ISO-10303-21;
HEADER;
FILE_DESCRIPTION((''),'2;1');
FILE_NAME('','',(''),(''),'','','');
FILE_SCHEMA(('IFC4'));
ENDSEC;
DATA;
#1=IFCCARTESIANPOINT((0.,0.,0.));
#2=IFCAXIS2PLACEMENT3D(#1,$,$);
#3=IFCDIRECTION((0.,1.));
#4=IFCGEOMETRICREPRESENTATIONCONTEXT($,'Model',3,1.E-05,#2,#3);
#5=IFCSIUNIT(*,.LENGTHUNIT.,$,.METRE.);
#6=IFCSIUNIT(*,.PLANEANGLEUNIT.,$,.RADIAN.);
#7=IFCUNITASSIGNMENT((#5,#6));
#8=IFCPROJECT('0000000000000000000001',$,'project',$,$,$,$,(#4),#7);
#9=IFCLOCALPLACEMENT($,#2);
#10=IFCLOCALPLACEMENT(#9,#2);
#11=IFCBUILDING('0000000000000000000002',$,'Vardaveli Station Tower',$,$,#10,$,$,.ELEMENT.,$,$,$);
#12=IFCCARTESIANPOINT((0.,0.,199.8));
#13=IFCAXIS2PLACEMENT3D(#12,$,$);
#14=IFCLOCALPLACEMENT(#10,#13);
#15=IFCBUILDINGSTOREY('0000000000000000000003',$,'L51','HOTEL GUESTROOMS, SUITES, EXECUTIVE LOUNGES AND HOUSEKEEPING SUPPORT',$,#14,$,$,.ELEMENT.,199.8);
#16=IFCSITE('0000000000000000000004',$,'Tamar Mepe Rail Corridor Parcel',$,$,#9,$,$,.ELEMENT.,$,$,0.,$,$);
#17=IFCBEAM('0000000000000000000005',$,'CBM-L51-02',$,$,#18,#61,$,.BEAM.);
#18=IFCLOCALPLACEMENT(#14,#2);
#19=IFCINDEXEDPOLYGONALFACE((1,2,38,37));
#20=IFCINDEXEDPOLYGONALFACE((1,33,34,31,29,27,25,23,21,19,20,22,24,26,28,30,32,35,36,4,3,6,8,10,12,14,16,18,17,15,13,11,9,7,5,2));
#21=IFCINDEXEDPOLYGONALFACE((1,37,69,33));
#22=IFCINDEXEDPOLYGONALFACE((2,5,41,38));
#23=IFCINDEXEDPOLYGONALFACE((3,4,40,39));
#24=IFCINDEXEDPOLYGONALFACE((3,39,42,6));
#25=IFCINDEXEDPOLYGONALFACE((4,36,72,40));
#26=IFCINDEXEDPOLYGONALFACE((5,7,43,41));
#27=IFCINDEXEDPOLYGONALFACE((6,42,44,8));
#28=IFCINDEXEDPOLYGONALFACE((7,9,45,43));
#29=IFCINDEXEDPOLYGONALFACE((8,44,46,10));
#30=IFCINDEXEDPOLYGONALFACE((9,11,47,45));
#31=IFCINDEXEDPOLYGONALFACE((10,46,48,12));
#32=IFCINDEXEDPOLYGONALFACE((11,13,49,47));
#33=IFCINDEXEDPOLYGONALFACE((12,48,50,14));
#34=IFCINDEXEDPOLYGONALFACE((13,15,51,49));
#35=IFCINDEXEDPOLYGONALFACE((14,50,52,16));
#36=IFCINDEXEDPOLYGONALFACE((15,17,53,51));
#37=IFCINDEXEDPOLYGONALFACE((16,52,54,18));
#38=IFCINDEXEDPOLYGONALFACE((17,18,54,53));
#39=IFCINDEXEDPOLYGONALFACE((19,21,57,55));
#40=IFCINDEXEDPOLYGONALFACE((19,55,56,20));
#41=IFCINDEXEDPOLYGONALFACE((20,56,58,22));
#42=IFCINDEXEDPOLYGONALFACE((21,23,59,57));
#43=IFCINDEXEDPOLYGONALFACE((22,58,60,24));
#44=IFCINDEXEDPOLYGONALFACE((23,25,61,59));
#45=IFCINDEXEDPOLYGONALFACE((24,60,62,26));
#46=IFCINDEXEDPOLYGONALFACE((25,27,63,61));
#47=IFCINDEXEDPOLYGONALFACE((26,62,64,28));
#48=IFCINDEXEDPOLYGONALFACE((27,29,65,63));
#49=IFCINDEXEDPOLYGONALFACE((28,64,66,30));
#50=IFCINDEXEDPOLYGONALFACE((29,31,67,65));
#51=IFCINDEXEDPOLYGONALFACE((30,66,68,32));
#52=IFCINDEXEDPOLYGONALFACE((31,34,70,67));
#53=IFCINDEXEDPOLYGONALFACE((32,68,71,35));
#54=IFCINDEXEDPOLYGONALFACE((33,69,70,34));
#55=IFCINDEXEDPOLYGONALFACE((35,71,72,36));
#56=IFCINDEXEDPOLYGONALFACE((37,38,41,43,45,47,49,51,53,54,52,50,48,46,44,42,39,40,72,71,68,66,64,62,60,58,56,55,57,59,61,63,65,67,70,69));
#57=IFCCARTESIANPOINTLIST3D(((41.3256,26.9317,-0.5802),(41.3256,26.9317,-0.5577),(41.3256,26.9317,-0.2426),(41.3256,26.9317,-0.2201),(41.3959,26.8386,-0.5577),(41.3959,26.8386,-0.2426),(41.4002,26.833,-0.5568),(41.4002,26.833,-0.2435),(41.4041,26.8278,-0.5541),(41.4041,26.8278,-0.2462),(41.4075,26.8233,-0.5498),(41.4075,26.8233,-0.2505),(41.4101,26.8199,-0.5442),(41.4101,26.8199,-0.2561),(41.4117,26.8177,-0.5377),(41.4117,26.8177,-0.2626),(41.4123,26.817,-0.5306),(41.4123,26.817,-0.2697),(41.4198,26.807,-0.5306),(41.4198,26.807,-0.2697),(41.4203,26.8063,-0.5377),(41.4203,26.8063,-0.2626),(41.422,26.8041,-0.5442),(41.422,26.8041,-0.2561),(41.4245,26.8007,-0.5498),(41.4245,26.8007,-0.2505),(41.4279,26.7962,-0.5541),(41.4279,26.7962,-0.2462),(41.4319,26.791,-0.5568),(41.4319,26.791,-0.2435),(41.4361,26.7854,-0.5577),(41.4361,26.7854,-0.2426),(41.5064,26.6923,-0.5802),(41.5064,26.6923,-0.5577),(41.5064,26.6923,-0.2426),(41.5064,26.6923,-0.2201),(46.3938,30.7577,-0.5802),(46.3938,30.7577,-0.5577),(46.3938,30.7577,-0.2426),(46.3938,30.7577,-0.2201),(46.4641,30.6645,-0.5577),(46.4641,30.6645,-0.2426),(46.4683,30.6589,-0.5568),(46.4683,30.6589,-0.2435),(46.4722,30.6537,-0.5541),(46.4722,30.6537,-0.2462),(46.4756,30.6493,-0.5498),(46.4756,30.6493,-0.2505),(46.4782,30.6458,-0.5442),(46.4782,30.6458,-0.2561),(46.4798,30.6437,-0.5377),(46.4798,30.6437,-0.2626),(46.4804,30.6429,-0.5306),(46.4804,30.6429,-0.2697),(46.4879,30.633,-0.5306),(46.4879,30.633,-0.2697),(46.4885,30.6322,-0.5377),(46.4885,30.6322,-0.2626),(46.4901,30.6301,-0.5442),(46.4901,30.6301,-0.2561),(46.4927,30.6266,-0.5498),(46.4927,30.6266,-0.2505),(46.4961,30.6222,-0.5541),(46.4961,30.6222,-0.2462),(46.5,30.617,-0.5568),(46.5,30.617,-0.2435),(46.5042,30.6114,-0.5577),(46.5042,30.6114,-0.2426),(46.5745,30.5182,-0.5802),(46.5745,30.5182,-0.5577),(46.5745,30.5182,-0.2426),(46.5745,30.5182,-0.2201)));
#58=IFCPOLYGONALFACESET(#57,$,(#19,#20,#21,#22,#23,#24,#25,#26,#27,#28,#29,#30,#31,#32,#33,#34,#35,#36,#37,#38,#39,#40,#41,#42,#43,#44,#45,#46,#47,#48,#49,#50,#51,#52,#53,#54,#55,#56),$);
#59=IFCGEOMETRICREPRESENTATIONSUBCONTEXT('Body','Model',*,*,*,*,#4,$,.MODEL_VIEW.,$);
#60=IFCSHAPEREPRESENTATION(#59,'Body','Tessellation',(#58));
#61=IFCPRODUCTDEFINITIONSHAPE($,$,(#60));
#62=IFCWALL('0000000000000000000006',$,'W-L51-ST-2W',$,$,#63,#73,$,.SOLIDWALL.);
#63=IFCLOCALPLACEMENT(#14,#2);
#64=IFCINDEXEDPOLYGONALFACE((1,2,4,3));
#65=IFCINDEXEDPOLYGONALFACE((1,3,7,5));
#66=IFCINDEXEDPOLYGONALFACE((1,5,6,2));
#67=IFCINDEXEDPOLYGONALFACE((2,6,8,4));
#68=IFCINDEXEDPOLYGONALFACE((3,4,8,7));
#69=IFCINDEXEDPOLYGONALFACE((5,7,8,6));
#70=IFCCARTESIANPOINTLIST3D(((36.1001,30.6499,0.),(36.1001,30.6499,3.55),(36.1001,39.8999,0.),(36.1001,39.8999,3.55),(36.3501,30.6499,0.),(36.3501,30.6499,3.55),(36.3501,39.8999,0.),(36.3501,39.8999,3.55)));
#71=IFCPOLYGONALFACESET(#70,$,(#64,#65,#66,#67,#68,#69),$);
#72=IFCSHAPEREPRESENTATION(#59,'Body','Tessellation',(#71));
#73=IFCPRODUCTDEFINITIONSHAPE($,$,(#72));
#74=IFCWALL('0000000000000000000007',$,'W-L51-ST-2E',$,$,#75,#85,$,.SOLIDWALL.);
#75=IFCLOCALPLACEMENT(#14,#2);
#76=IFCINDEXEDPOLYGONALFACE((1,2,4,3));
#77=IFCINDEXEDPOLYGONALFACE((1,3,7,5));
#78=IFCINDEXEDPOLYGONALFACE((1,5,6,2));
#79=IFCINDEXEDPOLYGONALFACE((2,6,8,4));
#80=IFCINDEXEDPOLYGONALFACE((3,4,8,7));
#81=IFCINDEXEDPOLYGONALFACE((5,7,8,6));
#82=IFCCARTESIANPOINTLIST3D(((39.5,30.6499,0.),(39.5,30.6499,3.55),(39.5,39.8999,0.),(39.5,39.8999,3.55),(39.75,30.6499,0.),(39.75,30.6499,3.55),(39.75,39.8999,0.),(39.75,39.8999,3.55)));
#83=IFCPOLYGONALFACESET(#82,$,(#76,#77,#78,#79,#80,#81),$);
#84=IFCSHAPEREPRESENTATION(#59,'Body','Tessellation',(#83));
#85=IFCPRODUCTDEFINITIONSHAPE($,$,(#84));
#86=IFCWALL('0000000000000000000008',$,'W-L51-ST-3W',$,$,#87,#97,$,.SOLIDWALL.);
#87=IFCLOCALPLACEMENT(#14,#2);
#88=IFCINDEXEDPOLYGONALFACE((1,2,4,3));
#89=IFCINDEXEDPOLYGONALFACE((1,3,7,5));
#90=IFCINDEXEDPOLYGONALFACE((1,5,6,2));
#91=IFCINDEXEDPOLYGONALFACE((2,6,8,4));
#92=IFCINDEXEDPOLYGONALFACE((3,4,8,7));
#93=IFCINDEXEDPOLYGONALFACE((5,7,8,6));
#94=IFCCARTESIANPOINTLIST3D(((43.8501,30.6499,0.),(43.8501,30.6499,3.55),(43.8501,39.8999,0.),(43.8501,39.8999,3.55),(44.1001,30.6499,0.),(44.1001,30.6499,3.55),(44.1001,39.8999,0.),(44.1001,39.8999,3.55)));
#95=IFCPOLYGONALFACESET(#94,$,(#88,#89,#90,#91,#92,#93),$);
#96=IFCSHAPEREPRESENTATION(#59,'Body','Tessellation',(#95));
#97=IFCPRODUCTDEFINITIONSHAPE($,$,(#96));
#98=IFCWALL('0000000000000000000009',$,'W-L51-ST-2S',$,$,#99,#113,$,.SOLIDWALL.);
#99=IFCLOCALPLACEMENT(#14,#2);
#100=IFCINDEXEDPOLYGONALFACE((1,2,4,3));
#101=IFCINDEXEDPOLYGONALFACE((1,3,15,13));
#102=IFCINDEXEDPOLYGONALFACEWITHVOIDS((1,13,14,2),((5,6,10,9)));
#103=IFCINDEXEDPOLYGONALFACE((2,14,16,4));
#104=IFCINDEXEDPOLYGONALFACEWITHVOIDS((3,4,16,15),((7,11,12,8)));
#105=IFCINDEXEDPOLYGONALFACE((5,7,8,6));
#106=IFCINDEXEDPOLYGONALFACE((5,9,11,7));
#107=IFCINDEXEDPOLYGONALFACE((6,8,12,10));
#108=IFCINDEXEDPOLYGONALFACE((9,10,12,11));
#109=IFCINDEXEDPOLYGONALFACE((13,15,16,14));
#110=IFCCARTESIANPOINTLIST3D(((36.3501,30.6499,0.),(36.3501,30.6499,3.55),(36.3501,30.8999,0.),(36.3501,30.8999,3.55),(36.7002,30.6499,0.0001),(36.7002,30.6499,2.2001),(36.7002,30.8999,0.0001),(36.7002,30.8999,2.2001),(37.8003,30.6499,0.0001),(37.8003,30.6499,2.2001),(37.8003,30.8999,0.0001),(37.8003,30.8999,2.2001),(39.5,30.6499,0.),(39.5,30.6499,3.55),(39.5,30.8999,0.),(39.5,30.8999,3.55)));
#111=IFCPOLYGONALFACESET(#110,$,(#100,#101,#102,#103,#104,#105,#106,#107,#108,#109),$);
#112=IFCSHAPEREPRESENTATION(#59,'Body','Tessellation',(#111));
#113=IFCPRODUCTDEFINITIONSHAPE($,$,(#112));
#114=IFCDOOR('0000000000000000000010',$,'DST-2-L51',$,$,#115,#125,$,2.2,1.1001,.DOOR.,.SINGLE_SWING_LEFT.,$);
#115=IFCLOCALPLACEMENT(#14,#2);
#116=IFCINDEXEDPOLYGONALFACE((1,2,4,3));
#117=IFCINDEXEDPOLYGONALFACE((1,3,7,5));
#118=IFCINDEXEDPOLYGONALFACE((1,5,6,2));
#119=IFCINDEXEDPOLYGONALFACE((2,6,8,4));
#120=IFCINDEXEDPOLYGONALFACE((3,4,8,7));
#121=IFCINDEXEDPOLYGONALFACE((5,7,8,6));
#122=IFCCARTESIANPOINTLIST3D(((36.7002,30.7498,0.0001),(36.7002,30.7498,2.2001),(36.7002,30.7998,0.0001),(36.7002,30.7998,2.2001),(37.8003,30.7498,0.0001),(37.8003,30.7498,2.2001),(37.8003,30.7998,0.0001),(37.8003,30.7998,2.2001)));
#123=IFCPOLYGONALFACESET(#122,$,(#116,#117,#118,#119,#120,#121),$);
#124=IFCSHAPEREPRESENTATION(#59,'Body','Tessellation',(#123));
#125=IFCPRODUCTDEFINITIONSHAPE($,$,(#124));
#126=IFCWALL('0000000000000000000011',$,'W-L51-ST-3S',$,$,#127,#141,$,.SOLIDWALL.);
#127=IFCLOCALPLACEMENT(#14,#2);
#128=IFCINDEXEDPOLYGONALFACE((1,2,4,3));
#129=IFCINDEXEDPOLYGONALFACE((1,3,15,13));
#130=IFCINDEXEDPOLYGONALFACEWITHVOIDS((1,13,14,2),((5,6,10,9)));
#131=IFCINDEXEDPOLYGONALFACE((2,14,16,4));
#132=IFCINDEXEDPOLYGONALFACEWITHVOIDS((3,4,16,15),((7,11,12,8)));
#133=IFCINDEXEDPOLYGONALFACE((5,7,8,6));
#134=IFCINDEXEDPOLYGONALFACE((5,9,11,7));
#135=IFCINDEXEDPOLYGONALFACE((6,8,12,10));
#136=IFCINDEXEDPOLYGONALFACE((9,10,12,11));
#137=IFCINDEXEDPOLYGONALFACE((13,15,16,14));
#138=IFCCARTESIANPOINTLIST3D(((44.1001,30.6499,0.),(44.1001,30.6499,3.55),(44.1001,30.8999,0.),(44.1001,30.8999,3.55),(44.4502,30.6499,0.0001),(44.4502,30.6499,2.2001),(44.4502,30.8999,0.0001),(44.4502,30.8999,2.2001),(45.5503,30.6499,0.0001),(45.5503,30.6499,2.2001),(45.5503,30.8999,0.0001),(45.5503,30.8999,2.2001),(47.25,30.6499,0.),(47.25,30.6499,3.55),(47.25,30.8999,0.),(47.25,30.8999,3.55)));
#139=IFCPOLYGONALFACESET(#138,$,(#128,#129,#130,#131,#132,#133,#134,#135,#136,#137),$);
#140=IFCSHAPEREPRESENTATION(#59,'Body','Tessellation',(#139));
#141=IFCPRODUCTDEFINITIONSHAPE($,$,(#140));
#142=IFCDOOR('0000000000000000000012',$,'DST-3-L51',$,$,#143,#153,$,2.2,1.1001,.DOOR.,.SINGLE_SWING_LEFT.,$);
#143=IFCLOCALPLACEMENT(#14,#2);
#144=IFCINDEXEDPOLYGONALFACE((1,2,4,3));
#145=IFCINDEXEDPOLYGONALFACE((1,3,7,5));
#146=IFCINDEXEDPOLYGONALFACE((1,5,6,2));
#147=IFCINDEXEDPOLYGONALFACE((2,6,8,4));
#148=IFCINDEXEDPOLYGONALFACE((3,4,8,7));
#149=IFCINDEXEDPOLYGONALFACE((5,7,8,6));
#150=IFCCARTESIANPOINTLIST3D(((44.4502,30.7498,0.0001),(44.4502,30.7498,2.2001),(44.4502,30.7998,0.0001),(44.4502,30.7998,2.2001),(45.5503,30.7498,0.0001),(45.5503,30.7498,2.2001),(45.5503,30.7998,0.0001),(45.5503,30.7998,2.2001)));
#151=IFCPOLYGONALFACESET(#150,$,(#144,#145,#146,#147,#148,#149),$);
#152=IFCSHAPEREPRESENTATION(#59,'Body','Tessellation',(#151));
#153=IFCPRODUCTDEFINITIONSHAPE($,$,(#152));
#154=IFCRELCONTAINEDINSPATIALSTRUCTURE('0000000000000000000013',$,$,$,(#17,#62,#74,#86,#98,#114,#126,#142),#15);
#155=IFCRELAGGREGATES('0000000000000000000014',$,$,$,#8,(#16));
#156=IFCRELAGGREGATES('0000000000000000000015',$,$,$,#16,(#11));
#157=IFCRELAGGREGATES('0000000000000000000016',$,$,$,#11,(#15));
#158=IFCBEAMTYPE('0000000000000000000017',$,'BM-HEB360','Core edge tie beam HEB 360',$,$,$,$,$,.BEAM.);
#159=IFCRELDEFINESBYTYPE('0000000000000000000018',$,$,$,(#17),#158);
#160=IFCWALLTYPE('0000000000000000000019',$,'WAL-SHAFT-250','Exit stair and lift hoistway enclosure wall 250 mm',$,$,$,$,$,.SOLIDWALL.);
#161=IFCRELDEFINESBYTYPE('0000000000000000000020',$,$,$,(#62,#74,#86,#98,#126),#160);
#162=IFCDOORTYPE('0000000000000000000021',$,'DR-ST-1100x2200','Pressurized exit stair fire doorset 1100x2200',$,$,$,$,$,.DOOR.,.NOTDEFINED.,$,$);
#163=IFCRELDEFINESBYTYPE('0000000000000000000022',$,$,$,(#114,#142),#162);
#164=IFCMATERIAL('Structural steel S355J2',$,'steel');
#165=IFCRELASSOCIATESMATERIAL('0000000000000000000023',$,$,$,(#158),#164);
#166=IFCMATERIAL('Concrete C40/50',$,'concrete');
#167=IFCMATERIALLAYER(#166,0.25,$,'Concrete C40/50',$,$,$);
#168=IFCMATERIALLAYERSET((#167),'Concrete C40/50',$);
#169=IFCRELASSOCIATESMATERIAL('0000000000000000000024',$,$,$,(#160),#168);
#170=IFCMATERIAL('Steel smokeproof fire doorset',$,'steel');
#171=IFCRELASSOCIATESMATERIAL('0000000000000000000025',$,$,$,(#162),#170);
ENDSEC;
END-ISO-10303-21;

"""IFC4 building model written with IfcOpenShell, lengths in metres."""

from ifc_helpers import new_model, si_unit, direction, frame, frame_2d, origin, origin_2d, place, context, subcontext, project, spatial, rectangle, i_section, extrude, source, transform, mapped, material, layer, layer_set, material_profile, profile_set, type_object, element, fill, save


model = new_model("IFC4")

# Units and contexts
model_context = context("Model", 3, precision=1e-05, world=origin(), true_north=direction((0.0, 1.0)))
body_context = subcontext(model_context, "Body", "Model", "MODEL_VIEW")
ifc_project = project(units=[si_unit("LENGTHUNIT", "METRE"), si_unit("PLANEANGLEUNIT", "RADIAN")], contexts=[model_context])

# Site, building, storey
site_placement = place(None, origin())
site = spatial("IfcSite", under=ifc_project, at=site_placement, Name="Tamar Mepe Rail Corridor Parcel", CompositionType="ELEMENT", RefElevation=0.0)
building_placement = place(site_placement, origin())
building = spatial("IfcBuilding", under=site, at=building_placement, Name="Vardaveli Station Tower", CompositionType="ELEMENT")
storey_placement = place(building_placement, frame((0.0, 0.0, 199.8)))
storey = spatial("IfcBuildingStorey", under=building, at=storey_placement, Name="L51", Description="HOTEL GUESTROOMS, SUITES, EXECUTIVE LOUNGES AND HOUSEKEEPING SUPPORT", CompositionType="ELEMENT", Elevation=199.8)

# Beam
ifc_material_1 = material(Name="Structural steel S355J2", Category="steel")
ifc_material_profile = material_profile(ifc_material_1, i_section(OverallWidth=0.3, OverallDepth=0.3601, WebThickness=0.0125, FlangeThickness=0.0225, FilletRadius=0.0271, at=origin_2d()), Name="HEB 360")
ifc_profile_set = profile_set([ifc_material_profile], Name="Structural steel S355J2")
beam_type = type_object("IfcBeamType", Name="BM-HEB360", Description="Core edge tie beam HEB 360", PredefinedType="BEAM", material=ifc_profile_set)
shared_shape_1 = source(origin(), body_context, "Body", "SweptSolid", [
    extrude(i_section(OverallWidth=0.3, OverallDepth=0.3601, WebThickness=0.0125, FlangeThickness=0.0225, FilletRadius=0.0271, at=origin_2d()), origin(), (0.0, 0.0, 1.0), 6.3501),
])
beam_placement = place(storey_placement, frame((41.416, 26.812, -0.4001), z_axis=(0.798118, 0.602501, 0.0), x_axis=(-0.602501, 0.798118, 0.0)))
element("IfcBeam", 1, at=beam_placement, inside=storey, type_object=beam_type, Name="CBM-L51-02", PredefinedType="BEAM", context=body_context, shape_type="MappedRepresentation", body=[
    mapped(shared_shape_1, transform((0.0, 0.0, 0.0), scale=1.0)),
])

# Walls
ifc_material_2 = material(Name="Concrete C40/50", Category="concrete")
ifc_layer_1 = layer(ifc_material_2, 0.25, Name="Concrete C40/50")
ifc_layer_set_1 = layer_set([ifc_layer_1], Name="Concrete C40/50")
wall_type_1 = type_object("IfcWallType", Name="WAL-SHAFT-250", Description="Exit stair and lift hoistway enclosure wall 250 mm", PredefinedType="SOLIDWALL", material=ifc_layer_set_1)
shared_shape_2 = source(origin(), body_context, "Body", "SweptSolid", [
    extrude(rectangle(XDim=9.25, YDim=0.25, at=frame_2d((4.625, 0.0))), origin(), (0.0, 0.0, 1.0), 3.55),
])
for number, where, z_axis, x_axis, name in (
    (2, (36.2251, 30.6499, 0.0), (0.0, 0.0, 1.0), (0.0, 1.0, 0.0), "W-L51-ST-2W"),
    (3, (39.625, 30.6499, 0.0), (0.0, 0.0, 1.0), (0.0, 1.0, 0.0), "W-L51-ST-2E"),
    (4, (43.9751, 30.6499, 0.0), (0.0, 0.0, 1.0), (0.0, 1.0, 0.0), "W-L51-ST-3W"),
):
    element("IfcWall", number, at=place(storey_placement, frame(where, z_axis=z_axis, x_axis=x_axis)), inside=storey, type_object=wall_type_1, Name=name, PredefinedType="SOLIDWALL", context=body_context, shape_type="MappedRepresentation", body=[
        mapped(shared_shape_2, transform((0.0, 0.0, 0.0), scale=1.0)),
    ])

# Walls, openings, doors
shared_shape_3 = source(origin(), body_context, "Body", "SweptSolid", [
    extrude(rectangle(XDim=3.1499, YDim=0.25, at=frame_2d((1.575, 0.0))), origin(), (0.0, 0.0, 1.0), 3.55),
])
wall_1_placement = place(storey_placement, frame((36.3501, 30.7749, 0.0), z_axis=(0.0, 0.0, 1.0), x_axis=(1.0, 0.0, 0.0)))
wall_1 = element("IfcWall", 5, at=wall_1_placement, inside=storey, type_object=wall_type_1, Name="W-L51-ST-2S", PredefinedType="SOLIDWALL", context=body_context, shape_type="MappedRepresentation", body=[
    mapped(shared_shape_3, transform((0.0, 0.0, 0.0), scale=1.0)),
])
shared_shape_4 = source(origin(), body_context, "Body", "SweptSolid", [
    extrude(rectangle(XDim=1.1001, YDim=2.2, at=frame_2d((0.55, 1.1001))), frame((0.0, 0.135, 0.0), z_axis=(0.0, -1.0, 0.0), x_axis=(1.0, 0.0, 0.0)), (0.0, 0.0, 1.0), 0.27),
])
opening_1_placement = place(wall_1_placement, frame((0.3501, 0.0, 0.0)))
opening_1 = element("IfcOpeningElement", 6, at=opening_1_placement, cuts=wall_1, PredefinedType="OPENING", context=body_context, shape_type="MappedRepresentation", body=[
    mapped(shared_shape_4, transform((0.0, 0.0, 0.0), scale=1.0)),
])
ifc_material_3 = material(Name="Steel smokeproof fire doorset", Category="steel")
door_type_1 = type_object("IfcDoorType", Name="DR-ST-1100x2200", Description="Pressurized exit stair fire doorset 1100x2200", OperationType="NOTDEFINED", PredefinedType="DOOR", material=ifc_material_3)
shared_shape_5 = source(origin(), body_context, "Body", "SweptSolid", [
    extrude(rectangle(XDim=1.1001, YDim=2.2, at=frame_2d((0.55, 1.1001))), frame((0.0, 0.0249, 0.0), z_axis=(0.0, -1.0, 0.0), x_axis=(1.0, 0.0, 0.0)), (0.0, 0.0, 1.0), 0.05),
])
door_1_placement = place(opening_1_placement, origin())
door_1 = element("IfcDoor", 7, at=door_1_placement, inside=storey, type_object=door_type_1, Name="DST-2-L51", OperationType="SINGLE_SWING_LEFT", OverallHeight=2.2, OverallWidth=1.1001, PredefinedType="DOOR", context=body_context, shape_type="MappedRepresentation", body=[
    mapped(shared_shape_5, transform((0.0, 0.0, 0.0), scale=1.0)),
])
fill(opening_1, door_1)
wall_2_placement = place(storey_placement, frame((44.1001, 30.7749, 0.0), z_axis=(0.0, 0.0, 1.0), x_axis=(1.0, 0.0, 0.0)))
wall_2 = element("IfcWall", 8, at=wall_2_placement, inside=storey, type_object=wall_type_1, Name="W-L51-ST-3S", PredefinedType="SOLIDWALL", context=body_context, shape_type="MappedRepresentation", body=[
    mapped(shared_shape_3, transform((0.0, 0.0, 0.0), scale=1.0)),
])
opening_2_placement = place(wall_2_placement, frame((0.3501, 0.0, 0.0)))
opening_2 = element("IfcOpeningElement", 9, at=opening_2_placement, cuts=wall_2, PredefinedType="OPENING", context=body_context, shape_type="MappedRepresentation", body=[
    mapped(shared_shape_4, transform((0.0, 0.0, 0.0), scale=1.0)),
])
door_2_placement = place(opening_2_placement, origin())
door_2 = element("IfcDoor", 10, at=door_2_placement, inside=storey, type_object=door_type_1, Name="DST-3-L51", OperationType="SINGLE_SWING_LEFT", OverallHeight=2.2, OverallWidth=1.1001, PredefinedType="DOOR", context=body_context, shape_type="MappedRepresentation", body=[
    mapped(shared_shape_5, transform((0.0, 0.0, 0.0), scale=1.0)),
])
fill(opening_2, door_2)

save(model, "model.ifc")
